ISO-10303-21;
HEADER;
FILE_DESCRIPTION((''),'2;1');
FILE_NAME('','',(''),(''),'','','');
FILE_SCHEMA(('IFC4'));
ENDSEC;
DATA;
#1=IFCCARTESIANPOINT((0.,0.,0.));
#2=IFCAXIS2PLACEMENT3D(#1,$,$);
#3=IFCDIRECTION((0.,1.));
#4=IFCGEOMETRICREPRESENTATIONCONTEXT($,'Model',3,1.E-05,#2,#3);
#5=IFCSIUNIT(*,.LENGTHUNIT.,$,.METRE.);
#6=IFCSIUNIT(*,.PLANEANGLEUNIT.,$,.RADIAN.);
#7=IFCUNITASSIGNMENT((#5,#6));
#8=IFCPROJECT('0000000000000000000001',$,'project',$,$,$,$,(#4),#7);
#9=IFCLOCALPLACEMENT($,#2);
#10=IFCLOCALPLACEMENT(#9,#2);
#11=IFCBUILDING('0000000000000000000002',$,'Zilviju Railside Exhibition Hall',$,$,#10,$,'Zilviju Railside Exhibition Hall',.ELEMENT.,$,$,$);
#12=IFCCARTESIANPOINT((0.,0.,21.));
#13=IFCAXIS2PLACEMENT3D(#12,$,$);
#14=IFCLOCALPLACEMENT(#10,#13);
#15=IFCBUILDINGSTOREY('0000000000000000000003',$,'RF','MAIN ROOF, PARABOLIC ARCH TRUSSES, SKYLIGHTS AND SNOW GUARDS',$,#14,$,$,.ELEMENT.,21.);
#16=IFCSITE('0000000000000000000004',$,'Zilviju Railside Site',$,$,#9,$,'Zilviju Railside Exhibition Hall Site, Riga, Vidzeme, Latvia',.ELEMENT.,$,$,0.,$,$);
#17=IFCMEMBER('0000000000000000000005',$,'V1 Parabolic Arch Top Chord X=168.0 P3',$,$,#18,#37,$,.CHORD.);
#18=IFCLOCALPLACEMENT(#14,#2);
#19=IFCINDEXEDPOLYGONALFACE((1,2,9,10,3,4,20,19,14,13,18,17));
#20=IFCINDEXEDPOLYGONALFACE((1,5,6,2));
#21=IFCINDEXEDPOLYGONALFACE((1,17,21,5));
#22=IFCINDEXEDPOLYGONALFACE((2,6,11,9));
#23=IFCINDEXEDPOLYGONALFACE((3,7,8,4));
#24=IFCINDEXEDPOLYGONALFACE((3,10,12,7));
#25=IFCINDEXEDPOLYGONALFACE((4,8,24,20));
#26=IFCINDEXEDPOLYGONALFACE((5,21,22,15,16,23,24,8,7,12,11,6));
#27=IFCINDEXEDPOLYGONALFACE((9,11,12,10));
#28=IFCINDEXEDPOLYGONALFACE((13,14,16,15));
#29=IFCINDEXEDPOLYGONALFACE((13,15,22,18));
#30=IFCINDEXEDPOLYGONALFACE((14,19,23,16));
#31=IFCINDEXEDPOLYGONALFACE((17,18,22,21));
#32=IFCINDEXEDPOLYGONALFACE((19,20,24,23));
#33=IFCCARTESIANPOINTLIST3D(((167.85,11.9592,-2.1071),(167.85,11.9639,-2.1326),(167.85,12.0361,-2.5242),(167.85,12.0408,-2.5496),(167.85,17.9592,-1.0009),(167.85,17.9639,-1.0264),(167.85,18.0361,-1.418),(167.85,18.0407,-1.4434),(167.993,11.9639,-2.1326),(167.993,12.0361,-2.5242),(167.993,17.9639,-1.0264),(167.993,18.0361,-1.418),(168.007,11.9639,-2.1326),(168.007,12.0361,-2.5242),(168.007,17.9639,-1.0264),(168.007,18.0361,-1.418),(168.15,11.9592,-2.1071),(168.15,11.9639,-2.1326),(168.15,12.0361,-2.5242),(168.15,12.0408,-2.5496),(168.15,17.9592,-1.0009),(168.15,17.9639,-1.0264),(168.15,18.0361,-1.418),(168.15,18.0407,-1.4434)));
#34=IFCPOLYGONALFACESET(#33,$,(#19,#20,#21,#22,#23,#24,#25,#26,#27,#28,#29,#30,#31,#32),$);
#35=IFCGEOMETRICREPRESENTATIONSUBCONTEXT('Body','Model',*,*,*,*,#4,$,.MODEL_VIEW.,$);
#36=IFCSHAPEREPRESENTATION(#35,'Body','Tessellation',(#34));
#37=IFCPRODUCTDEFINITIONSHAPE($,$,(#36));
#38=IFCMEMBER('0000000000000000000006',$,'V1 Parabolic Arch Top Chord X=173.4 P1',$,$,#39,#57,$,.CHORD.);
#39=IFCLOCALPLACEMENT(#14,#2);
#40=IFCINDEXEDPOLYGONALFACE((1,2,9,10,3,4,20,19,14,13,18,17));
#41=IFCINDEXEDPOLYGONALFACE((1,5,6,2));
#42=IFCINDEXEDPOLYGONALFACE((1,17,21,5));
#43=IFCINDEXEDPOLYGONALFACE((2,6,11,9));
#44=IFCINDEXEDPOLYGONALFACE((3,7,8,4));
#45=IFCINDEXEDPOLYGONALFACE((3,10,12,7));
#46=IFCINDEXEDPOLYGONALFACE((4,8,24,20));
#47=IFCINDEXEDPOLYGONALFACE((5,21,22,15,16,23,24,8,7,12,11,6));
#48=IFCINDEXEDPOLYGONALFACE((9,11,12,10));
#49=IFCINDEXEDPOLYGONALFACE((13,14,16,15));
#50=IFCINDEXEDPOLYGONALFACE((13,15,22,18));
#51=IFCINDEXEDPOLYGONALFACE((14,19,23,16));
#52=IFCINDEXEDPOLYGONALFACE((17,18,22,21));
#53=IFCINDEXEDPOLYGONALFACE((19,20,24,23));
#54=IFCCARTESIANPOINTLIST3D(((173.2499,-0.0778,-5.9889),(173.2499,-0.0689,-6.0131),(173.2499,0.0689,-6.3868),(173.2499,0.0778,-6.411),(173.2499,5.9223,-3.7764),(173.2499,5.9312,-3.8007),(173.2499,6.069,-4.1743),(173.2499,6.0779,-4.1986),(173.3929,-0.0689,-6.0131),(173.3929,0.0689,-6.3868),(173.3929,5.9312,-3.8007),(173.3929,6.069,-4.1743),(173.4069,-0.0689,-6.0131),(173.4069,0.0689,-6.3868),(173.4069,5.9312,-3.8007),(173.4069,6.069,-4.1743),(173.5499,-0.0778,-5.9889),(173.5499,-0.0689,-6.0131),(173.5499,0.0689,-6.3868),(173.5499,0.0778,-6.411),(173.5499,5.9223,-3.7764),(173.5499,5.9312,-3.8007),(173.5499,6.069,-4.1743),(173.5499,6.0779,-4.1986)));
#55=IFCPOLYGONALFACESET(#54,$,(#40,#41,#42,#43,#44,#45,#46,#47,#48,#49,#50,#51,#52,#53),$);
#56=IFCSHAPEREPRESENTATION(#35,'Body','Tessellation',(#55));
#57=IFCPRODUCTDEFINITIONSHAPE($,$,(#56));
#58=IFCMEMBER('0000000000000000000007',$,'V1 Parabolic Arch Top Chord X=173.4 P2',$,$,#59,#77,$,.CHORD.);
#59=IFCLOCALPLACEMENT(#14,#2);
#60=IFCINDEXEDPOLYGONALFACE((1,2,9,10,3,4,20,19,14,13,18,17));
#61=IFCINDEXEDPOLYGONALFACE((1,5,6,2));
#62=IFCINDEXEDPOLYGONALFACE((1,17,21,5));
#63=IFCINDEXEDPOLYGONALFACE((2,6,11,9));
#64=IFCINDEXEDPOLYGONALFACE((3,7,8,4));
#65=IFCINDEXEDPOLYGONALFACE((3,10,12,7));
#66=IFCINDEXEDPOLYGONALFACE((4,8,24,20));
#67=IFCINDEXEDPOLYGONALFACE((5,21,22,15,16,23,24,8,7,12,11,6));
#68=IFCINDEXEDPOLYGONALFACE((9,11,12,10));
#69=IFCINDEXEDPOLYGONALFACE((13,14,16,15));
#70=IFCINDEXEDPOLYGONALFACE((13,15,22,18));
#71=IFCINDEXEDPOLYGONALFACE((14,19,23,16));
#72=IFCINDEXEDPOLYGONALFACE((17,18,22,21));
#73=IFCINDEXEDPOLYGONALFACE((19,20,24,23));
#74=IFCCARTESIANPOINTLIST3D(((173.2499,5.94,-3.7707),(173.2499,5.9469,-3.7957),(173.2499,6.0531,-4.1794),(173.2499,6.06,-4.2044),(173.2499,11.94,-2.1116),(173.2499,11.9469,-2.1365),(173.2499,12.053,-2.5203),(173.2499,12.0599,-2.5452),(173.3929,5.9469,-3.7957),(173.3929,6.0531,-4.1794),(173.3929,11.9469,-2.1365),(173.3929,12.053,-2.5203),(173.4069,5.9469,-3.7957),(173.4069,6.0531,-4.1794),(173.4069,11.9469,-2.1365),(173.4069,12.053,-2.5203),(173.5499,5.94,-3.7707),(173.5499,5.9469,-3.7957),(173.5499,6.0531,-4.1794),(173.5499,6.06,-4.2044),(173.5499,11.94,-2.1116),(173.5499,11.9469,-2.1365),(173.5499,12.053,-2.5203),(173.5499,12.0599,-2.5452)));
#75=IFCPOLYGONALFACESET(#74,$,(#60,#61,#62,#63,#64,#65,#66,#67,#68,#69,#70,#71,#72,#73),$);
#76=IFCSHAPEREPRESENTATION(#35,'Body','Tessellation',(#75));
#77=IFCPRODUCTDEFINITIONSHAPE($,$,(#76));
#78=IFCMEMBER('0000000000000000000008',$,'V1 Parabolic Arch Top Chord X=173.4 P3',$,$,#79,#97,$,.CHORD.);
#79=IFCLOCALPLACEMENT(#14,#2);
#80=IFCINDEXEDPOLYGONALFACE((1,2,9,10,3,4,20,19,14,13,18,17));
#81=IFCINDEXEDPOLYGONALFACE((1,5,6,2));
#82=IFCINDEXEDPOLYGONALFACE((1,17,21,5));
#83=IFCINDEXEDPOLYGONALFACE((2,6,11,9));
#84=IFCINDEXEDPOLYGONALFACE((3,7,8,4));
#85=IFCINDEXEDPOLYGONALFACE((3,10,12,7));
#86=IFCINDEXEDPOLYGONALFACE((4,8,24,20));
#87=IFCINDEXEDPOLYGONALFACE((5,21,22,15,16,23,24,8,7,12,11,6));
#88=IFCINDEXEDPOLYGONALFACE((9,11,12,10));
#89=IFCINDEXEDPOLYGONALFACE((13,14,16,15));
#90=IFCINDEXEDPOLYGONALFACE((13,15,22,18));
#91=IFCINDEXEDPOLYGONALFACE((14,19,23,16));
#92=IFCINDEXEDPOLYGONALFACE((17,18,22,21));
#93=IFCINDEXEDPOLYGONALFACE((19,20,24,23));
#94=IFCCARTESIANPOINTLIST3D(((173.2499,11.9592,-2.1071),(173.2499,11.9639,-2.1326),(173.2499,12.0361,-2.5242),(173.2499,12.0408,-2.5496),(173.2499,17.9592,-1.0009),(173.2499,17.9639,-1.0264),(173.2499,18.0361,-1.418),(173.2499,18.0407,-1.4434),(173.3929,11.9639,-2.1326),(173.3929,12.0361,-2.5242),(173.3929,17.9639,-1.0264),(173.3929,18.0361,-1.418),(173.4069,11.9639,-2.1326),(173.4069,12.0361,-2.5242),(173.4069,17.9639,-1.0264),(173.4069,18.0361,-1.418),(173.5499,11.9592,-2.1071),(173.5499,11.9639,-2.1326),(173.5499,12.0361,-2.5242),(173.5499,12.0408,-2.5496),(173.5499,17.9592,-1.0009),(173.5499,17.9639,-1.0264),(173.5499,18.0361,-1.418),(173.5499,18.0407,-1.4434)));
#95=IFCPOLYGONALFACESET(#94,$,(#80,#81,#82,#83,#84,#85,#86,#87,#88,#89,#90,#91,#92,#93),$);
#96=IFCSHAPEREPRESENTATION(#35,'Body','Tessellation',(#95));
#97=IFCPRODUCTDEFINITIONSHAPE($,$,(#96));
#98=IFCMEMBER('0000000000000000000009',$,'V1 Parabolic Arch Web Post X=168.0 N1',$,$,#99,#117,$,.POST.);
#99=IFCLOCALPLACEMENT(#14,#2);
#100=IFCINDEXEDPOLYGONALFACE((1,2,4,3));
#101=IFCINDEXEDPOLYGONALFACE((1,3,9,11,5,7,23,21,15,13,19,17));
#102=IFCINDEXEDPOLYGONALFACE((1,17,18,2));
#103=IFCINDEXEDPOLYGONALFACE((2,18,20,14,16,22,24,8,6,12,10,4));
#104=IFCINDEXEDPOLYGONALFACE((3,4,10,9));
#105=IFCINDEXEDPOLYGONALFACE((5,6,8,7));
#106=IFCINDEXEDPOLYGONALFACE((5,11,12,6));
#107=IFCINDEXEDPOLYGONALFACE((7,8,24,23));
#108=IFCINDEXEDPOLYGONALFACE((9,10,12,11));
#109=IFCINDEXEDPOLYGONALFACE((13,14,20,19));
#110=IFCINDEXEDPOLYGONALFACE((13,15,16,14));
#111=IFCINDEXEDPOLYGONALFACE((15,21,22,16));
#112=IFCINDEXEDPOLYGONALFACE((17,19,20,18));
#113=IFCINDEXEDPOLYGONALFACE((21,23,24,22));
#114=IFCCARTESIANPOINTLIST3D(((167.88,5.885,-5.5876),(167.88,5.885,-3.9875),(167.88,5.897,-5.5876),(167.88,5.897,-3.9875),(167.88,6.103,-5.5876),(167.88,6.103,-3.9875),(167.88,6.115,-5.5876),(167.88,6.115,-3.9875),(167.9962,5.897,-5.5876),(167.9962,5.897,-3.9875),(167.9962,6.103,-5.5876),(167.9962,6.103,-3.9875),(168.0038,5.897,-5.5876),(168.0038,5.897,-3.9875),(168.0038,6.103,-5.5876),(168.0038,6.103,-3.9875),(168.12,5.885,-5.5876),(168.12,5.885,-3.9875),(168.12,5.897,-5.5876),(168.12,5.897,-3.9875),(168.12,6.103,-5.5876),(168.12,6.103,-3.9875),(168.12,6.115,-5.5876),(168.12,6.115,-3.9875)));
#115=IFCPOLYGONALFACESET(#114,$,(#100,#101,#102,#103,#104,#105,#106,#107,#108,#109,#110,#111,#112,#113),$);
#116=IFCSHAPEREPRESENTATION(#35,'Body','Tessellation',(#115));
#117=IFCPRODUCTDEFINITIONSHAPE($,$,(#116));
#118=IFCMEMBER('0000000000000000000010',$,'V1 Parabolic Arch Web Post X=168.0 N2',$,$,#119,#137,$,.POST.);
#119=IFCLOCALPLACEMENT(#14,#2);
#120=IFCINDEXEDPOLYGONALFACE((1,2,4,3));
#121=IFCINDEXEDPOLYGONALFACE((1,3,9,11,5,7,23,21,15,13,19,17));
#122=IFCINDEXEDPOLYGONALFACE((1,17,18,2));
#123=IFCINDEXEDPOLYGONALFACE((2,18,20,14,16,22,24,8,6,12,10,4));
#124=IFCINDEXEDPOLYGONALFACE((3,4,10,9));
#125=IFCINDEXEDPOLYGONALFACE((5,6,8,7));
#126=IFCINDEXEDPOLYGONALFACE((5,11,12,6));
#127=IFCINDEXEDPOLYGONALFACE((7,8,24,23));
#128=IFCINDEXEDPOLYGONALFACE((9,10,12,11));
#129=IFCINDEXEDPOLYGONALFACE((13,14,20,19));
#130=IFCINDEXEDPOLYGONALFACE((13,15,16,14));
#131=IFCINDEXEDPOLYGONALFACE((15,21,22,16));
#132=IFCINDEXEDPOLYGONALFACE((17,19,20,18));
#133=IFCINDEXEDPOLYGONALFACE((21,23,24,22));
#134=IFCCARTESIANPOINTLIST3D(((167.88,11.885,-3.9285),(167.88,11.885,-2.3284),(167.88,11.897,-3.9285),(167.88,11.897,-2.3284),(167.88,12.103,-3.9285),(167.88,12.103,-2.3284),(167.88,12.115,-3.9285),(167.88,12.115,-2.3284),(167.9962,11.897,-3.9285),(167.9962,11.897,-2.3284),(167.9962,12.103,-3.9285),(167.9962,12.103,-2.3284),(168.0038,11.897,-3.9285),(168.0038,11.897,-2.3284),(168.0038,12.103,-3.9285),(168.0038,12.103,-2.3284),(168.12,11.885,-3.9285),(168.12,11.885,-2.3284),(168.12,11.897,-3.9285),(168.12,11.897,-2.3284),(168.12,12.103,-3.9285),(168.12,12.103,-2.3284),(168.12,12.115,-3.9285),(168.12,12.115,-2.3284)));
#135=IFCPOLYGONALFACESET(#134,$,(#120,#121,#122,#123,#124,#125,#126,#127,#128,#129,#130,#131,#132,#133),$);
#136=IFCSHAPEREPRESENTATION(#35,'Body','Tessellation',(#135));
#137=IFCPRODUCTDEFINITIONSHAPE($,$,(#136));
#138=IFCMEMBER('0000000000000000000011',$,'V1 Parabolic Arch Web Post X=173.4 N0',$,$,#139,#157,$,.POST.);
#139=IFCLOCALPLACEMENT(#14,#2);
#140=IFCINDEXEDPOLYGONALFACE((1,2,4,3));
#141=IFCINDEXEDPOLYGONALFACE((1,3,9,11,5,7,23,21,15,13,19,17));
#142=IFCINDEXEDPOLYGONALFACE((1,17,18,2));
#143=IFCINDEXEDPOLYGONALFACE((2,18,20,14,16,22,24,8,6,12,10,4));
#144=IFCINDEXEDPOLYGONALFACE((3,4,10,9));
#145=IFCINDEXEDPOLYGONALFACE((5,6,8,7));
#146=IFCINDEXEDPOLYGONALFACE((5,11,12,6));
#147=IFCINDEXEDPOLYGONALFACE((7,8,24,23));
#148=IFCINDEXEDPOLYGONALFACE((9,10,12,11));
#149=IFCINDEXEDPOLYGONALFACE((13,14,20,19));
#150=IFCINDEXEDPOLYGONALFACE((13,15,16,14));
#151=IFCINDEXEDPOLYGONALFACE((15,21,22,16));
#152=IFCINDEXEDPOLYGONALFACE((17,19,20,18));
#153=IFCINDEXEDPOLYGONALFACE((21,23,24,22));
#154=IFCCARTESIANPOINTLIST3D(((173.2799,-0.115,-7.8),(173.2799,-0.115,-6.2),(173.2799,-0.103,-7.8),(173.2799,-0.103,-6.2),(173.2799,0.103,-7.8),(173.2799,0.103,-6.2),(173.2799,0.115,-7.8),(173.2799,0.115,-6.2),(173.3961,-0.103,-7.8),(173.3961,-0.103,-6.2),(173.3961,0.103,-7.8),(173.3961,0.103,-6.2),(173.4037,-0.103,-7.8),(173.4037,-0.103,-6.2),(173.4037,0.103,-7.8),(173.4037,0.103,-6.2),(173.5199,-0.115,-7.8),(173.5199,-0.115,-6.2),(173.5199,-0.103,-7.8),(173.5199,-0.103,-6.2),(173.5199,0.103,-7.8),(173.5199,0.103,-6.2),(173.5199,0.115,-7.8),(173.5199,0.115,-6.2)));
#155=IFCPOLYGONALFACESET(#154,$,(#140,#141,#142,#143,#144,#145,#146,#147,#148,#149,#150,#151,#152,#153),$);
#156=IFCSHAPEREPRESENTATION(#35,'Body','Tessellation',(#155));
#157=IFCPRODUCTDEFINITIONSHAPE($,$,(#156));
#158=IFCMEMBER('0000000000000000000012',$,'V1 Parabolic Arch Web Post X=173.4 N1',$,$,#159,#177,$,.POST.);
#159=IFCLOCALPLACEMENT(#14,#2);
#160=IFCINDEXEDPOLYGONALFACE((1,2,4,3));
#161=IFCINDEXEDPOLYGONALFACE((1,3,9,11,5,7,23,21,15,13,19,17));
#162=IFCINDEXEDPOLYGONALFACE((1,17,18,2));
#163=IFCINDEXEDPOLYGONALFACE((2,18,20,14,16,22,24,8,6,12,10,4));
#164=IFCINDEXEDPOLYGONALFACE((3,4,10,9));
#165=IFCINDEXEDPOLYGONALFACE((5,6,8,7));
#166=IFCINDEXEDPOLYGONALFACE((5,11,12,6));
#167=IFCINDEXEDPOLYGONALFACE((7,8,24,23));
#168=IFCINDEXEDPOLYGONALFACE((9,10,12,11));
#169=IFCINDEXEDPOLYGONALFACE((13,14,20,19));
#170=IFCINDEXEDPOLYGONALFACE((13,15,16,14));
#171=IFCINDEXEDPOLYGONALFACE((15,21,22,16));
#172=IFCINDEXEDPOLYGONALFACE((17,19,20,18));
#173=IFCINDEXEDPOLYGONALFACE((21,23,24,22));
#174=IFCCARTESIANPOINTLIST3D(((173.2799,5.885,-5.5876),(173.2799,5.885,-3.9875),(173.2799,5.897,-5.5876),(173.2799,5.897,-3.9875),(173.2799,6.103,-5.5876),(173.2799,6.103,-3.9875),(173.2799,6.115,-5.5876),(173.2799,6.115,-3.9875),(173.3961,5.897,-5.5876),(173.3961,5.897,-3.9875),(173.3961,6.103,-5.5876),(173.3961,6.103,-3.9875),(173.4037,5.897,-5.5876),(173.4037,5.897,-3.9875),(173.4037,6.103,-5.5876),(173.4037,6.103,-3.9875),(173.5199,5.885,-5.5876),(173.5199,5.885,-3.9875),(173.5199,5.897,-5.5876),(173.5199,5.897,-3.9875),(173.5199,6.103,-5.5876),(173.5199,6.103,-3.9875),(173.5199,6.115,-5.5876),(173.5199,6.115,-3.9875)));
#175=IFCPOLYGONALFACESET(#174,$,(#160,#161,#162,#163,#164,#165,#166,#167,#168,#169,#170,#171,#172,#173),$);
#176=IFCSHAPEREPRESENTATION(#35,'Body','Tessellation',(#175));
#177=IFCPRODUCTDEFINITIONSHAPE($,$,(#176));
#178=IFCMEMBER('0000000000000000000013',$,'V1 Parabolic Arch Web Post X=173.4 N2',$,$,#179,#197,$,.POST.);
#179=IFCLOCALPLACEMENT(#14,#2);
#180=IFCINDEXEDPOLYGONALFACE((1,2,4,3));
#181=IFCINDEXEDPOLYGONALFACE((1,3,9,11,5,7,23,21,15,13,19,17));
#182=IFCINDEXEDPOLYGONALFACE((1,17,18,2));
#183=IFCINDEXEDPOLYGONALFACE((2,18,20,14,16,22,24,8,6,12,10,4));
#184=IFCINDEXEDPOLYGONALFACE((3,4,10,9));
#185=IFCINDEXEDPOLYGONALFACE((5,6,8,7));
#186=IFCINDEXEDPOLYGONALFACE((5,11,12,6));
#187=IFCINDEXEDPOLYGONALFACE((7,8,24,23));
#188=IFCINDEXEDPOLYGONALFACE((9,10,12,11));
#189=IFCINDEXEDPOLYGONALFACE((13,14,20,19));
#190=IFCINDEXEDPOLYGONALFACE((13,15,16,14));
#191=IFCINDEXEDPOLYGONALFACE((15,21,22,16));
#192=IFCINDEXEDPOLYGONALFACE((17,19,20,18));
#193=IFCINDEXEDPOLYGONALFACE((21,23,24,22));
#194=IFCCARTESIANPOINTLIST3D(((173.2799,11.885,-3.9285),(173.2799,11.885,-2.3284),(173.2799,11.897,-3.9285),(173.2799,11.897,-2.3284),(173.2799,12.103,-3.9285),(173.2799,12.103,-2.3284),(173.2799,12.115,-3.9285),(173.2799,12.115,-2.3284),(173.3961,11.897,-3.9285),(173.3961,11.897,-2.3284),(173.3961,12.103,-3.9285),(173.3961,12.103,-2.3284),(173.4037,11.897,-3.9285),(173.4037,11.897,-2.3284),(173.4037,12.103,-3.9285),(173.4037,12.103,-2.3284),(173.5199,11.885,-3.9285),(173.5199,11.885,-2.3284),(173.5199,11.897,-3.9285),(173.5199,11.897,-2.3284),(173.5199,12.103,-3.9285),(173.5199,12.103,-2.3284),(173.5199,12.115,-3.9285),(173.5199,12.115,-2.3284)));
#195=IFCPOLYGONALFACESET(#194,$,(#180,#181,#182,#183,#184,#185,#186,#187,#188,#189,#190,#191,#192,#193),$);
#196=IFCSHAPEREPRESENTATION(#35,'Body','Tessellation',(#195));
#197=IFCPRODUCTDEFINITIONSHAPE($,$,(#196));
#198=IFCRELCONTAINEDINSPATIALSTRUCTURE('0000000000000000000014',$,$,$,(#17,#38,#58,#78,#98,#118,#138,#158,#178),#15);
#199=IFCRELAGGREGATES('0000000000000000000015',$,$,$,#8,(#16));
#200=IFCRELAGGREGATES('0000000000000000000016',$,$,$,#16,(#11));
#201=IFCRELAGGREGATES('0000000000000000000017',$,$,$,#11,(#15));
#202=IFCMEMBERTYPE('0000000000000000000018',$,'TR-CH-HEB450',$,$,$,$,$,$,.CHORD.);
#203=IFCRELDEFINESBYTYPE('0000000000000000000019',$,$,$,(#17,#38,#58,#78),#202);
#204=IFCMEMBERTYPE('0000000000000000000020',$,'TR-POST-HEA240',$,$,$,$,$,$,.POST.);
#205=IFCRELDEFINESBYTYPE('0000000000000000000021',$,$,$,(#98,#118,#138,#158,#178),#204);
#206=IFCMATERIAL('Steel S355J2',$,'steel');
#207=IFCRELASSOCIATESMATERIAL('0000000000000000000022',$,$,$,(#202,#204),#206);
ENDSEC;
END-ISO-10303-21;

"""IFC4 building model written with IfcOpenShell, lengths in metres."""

from ifc_helpers import new_model, si_unit, direction, frame, origin, origin_2d, place, context, subcontext, project, spatial, i_section, extrude, material, material_profile, profile_set, type_object, element, save


model = new_model("IFC4")

# Units and contexts
model_context = context("Model", 3, precision=1e-05, world=origin(), true_north=direction((0.0, 1.0)))
body_context = subcontext(model_context, "Body", "Model", "MODEL_VIEW")
ifc_project = project(units=[si_unit("LENGTHUNIT", "METRE"), si_unit("PLANEANGLEUNIT", "RADIAN")], contexts=[model_context])

# Site, building, storey
site_placement = place(None, origin())
site = spatial("IfcSite", under=ifc_project, at=site_placement, Name="Zilviju Railside Site", LongName="Zilviju Railside Exhibition Hall Site, Riga, Vidzeme, Latvia", CompositionType="ELEMENT", RefElevation=0.0)
building_placement = place(site_placement, origin())
building = spatial("IfcBuilding", under=site, at=building_placement, Name="Zilviju Railside Exhibition Hall", LongName="Zilviju Railside Exhibition Hall", CompositionType="ELEMENT")
storey_placement = place(building_placement, frame((0.0, 0.0, 21.0)))
storey = spatial("IfcBuildingStorey", under=building, at=storey_placement, Name="RF", Description="MAIN ROOF, PARABOLIC ARCH TRUSSES, SKYLIGHTS AND SNOW GUARDS", CompositionType="ELEMENT", Elevation=21.0)

# Members
ifc_material_1 = material(Name="Steel S355J2", Category="steel")
ifc_material_profile_1 = material_profile(ifc_material_1, i_section(OverallWidth=0.3, OverallDepth=0.45, WebThickness=0.0139, FlangeThickness=0.0259, at=origin_2d()), Name="HEB 450")
ifc_profile_set_1 = profile_set([ifc_material_profile_1], Name="Steel S355J2")
member_type_1 = type_object("IfcMemberType", Name="TR-CH-HEB450", PredefinedType="CHORD", material=ifc_profile_set_1)
member_1_placement = place(storey_placement, frame((168.0, 12.0, -2.3284), z_axis=(0.0, 0.983426, 0.181311), x_axis=(-1.0, 0.0, 0.0)))
element("IfcMember", 1, at=member_1_placement, inside=storey, type_object=member_type_1, Name="V1 Parabolic Arch Top Chord X=168.0 P3", PredefinedType="CHORD", context=body_context, shape_type="SweptSolid", body=[
    extrude(i_section(OverallWidth=0.3, OverallDepth=0.45, WebThickness=0.0139, FlangeThickness=0.0259, at=origin_2d()), origin(), (0.0, 0.0, 1.0), 6.1011),
])
member_2_placement = place(storey_placement, frame((173.3999, 0.0, -6.2), z_axis=(0.0, 0.938248, 0.345964), x_axis=(-1.0, 0.0, 0.0)))
element("IfcMember", 2, at=member_2_placement, inside=storey, type_object=member_type_1, Name="V1 Parabolic Arch Top Chord X=173.4 P1", PredefinedType="CHORD", context=body_context, shape_type="SweptSolid", body=[
    extrude(i_section(OverallWidth=0.3, OverallDepth=0.45, WebThickness=0.0139, FlangeThickness=0.0259, at=origin_2d()), origin(), (0.0, 0.0, 1.0), 6.395),
])
member_3_placement = place(storey_placement, frame((173.3999, 6.0, -3.9875), z_axis=(0.0, 0.963827, 0.266527), x_axis=(-1.0, 0.0, 0.0)))
element("IfcMember", 3, at=member_3_placement, inside=storey, type_object=member_type_1, Name="V1 Parabolic Arch Top Chord X=173.4 P2", PredefinedType="CHORD", context=body_context, shape_type="SweptSolid", body=[
    extrude(i_section(OverallWidth=0.3, OverallDepth=0.45, WebThickness=0.0139, FlangeThickness=0.0259, at=origin_2d()), origin(), (0.0, 0.0, 1.0), 6.2251),
])
member_4_placement = place(storey_placement, frame((173.3999, 12.0, -2.3284), z_axis=(0.0, 0.983426, 0.181311), x_axis=(-1.0, 0.0, 0.0)))
element("IfcMember", 4, at=member_4_placement, inside=storey, type_object=member_type_1, Name="V1 Parabolic Arch Top Chord X=173.4 P3", PredefinedType="CHORD", context=body_context, shape_type="SweptSolid", body=[
    extrude(i_section(OverallWidth=0.3, OverallDepth=0.45, WebThickness=0.0139, FlangeThickness=0.0259, at=origin_2d()), origin(), (0.0, 0.0, 1.0), 6.1011),
])
ifc_material_profile_2 = material_profile(ifc_material_1, i_section(OverallWidth=0.24, OverallDepth=0.23, WebThickness=0.0076, FlangeThickness=0.012, at=origin_2d()), Name="HEA 240")
ifc_profile_set_2 = profile_set([ifc_material_profile_2], Name="Steel S355J2")
member_type_2 = type_object("IfcMemberType", Name="TR-POST-HEA240", PredefinedType="POST", material=ifc_profile_set_2)
for number, where, z_axis, x_axis, name in (
    (5, (168.0, 6.0, -5.5876), (0.0, 0.0, 1.0), (1.0, 0.0, 0.0), "V1 Parabolic Arch Web Post X=168.0 N1"),
    (6, (168.0, 12.0, -3.9285), (0.0, 0.0, 1.0), (1.0, 0.0, 0.0), "V1 Parabolic Arch Web Post X=168.0 N2"),
    (7, (173.3999, 0.0, -7.8), (0.0, 0.0, 1.0), (1.0, 0.0, 0.0), "V1 Parabolic Arch Web Post X=173.4 N0"),
    (8, (173.3999, 6.0, -5.5876), (0.0, 0.0, 1.0), (1.0, 0.0, 0.0), "V1 Parabolic Arch Web Post X=173.4 N1"),
    (9, (173.3999, 12.0, -3.9285), (0.0, 0.0, 1.0), (1.0, 0.0, 0.0), "V1 Parabolic Arch Web Post X=173.4 N2"),
):
    element("IfcMember", number, at=place(storey_placement, frame(where, z_axis=z_axis, x_axis=x_axis)), inside=storey, type_object=member_type_2, Name=name, PredefinedType="POST", context=body_context, shape_type="SweptSolid", body=[
        extrude(i_section(OverallWidth=0.24, OverallDepth=0.23, WebThickness=0.0076, FlangeThickness=0.012, at=origin_2d()), origin(), (0.0, 0.0, 1.0), 1.6001),
    ])

save(model, "model.ifc")
